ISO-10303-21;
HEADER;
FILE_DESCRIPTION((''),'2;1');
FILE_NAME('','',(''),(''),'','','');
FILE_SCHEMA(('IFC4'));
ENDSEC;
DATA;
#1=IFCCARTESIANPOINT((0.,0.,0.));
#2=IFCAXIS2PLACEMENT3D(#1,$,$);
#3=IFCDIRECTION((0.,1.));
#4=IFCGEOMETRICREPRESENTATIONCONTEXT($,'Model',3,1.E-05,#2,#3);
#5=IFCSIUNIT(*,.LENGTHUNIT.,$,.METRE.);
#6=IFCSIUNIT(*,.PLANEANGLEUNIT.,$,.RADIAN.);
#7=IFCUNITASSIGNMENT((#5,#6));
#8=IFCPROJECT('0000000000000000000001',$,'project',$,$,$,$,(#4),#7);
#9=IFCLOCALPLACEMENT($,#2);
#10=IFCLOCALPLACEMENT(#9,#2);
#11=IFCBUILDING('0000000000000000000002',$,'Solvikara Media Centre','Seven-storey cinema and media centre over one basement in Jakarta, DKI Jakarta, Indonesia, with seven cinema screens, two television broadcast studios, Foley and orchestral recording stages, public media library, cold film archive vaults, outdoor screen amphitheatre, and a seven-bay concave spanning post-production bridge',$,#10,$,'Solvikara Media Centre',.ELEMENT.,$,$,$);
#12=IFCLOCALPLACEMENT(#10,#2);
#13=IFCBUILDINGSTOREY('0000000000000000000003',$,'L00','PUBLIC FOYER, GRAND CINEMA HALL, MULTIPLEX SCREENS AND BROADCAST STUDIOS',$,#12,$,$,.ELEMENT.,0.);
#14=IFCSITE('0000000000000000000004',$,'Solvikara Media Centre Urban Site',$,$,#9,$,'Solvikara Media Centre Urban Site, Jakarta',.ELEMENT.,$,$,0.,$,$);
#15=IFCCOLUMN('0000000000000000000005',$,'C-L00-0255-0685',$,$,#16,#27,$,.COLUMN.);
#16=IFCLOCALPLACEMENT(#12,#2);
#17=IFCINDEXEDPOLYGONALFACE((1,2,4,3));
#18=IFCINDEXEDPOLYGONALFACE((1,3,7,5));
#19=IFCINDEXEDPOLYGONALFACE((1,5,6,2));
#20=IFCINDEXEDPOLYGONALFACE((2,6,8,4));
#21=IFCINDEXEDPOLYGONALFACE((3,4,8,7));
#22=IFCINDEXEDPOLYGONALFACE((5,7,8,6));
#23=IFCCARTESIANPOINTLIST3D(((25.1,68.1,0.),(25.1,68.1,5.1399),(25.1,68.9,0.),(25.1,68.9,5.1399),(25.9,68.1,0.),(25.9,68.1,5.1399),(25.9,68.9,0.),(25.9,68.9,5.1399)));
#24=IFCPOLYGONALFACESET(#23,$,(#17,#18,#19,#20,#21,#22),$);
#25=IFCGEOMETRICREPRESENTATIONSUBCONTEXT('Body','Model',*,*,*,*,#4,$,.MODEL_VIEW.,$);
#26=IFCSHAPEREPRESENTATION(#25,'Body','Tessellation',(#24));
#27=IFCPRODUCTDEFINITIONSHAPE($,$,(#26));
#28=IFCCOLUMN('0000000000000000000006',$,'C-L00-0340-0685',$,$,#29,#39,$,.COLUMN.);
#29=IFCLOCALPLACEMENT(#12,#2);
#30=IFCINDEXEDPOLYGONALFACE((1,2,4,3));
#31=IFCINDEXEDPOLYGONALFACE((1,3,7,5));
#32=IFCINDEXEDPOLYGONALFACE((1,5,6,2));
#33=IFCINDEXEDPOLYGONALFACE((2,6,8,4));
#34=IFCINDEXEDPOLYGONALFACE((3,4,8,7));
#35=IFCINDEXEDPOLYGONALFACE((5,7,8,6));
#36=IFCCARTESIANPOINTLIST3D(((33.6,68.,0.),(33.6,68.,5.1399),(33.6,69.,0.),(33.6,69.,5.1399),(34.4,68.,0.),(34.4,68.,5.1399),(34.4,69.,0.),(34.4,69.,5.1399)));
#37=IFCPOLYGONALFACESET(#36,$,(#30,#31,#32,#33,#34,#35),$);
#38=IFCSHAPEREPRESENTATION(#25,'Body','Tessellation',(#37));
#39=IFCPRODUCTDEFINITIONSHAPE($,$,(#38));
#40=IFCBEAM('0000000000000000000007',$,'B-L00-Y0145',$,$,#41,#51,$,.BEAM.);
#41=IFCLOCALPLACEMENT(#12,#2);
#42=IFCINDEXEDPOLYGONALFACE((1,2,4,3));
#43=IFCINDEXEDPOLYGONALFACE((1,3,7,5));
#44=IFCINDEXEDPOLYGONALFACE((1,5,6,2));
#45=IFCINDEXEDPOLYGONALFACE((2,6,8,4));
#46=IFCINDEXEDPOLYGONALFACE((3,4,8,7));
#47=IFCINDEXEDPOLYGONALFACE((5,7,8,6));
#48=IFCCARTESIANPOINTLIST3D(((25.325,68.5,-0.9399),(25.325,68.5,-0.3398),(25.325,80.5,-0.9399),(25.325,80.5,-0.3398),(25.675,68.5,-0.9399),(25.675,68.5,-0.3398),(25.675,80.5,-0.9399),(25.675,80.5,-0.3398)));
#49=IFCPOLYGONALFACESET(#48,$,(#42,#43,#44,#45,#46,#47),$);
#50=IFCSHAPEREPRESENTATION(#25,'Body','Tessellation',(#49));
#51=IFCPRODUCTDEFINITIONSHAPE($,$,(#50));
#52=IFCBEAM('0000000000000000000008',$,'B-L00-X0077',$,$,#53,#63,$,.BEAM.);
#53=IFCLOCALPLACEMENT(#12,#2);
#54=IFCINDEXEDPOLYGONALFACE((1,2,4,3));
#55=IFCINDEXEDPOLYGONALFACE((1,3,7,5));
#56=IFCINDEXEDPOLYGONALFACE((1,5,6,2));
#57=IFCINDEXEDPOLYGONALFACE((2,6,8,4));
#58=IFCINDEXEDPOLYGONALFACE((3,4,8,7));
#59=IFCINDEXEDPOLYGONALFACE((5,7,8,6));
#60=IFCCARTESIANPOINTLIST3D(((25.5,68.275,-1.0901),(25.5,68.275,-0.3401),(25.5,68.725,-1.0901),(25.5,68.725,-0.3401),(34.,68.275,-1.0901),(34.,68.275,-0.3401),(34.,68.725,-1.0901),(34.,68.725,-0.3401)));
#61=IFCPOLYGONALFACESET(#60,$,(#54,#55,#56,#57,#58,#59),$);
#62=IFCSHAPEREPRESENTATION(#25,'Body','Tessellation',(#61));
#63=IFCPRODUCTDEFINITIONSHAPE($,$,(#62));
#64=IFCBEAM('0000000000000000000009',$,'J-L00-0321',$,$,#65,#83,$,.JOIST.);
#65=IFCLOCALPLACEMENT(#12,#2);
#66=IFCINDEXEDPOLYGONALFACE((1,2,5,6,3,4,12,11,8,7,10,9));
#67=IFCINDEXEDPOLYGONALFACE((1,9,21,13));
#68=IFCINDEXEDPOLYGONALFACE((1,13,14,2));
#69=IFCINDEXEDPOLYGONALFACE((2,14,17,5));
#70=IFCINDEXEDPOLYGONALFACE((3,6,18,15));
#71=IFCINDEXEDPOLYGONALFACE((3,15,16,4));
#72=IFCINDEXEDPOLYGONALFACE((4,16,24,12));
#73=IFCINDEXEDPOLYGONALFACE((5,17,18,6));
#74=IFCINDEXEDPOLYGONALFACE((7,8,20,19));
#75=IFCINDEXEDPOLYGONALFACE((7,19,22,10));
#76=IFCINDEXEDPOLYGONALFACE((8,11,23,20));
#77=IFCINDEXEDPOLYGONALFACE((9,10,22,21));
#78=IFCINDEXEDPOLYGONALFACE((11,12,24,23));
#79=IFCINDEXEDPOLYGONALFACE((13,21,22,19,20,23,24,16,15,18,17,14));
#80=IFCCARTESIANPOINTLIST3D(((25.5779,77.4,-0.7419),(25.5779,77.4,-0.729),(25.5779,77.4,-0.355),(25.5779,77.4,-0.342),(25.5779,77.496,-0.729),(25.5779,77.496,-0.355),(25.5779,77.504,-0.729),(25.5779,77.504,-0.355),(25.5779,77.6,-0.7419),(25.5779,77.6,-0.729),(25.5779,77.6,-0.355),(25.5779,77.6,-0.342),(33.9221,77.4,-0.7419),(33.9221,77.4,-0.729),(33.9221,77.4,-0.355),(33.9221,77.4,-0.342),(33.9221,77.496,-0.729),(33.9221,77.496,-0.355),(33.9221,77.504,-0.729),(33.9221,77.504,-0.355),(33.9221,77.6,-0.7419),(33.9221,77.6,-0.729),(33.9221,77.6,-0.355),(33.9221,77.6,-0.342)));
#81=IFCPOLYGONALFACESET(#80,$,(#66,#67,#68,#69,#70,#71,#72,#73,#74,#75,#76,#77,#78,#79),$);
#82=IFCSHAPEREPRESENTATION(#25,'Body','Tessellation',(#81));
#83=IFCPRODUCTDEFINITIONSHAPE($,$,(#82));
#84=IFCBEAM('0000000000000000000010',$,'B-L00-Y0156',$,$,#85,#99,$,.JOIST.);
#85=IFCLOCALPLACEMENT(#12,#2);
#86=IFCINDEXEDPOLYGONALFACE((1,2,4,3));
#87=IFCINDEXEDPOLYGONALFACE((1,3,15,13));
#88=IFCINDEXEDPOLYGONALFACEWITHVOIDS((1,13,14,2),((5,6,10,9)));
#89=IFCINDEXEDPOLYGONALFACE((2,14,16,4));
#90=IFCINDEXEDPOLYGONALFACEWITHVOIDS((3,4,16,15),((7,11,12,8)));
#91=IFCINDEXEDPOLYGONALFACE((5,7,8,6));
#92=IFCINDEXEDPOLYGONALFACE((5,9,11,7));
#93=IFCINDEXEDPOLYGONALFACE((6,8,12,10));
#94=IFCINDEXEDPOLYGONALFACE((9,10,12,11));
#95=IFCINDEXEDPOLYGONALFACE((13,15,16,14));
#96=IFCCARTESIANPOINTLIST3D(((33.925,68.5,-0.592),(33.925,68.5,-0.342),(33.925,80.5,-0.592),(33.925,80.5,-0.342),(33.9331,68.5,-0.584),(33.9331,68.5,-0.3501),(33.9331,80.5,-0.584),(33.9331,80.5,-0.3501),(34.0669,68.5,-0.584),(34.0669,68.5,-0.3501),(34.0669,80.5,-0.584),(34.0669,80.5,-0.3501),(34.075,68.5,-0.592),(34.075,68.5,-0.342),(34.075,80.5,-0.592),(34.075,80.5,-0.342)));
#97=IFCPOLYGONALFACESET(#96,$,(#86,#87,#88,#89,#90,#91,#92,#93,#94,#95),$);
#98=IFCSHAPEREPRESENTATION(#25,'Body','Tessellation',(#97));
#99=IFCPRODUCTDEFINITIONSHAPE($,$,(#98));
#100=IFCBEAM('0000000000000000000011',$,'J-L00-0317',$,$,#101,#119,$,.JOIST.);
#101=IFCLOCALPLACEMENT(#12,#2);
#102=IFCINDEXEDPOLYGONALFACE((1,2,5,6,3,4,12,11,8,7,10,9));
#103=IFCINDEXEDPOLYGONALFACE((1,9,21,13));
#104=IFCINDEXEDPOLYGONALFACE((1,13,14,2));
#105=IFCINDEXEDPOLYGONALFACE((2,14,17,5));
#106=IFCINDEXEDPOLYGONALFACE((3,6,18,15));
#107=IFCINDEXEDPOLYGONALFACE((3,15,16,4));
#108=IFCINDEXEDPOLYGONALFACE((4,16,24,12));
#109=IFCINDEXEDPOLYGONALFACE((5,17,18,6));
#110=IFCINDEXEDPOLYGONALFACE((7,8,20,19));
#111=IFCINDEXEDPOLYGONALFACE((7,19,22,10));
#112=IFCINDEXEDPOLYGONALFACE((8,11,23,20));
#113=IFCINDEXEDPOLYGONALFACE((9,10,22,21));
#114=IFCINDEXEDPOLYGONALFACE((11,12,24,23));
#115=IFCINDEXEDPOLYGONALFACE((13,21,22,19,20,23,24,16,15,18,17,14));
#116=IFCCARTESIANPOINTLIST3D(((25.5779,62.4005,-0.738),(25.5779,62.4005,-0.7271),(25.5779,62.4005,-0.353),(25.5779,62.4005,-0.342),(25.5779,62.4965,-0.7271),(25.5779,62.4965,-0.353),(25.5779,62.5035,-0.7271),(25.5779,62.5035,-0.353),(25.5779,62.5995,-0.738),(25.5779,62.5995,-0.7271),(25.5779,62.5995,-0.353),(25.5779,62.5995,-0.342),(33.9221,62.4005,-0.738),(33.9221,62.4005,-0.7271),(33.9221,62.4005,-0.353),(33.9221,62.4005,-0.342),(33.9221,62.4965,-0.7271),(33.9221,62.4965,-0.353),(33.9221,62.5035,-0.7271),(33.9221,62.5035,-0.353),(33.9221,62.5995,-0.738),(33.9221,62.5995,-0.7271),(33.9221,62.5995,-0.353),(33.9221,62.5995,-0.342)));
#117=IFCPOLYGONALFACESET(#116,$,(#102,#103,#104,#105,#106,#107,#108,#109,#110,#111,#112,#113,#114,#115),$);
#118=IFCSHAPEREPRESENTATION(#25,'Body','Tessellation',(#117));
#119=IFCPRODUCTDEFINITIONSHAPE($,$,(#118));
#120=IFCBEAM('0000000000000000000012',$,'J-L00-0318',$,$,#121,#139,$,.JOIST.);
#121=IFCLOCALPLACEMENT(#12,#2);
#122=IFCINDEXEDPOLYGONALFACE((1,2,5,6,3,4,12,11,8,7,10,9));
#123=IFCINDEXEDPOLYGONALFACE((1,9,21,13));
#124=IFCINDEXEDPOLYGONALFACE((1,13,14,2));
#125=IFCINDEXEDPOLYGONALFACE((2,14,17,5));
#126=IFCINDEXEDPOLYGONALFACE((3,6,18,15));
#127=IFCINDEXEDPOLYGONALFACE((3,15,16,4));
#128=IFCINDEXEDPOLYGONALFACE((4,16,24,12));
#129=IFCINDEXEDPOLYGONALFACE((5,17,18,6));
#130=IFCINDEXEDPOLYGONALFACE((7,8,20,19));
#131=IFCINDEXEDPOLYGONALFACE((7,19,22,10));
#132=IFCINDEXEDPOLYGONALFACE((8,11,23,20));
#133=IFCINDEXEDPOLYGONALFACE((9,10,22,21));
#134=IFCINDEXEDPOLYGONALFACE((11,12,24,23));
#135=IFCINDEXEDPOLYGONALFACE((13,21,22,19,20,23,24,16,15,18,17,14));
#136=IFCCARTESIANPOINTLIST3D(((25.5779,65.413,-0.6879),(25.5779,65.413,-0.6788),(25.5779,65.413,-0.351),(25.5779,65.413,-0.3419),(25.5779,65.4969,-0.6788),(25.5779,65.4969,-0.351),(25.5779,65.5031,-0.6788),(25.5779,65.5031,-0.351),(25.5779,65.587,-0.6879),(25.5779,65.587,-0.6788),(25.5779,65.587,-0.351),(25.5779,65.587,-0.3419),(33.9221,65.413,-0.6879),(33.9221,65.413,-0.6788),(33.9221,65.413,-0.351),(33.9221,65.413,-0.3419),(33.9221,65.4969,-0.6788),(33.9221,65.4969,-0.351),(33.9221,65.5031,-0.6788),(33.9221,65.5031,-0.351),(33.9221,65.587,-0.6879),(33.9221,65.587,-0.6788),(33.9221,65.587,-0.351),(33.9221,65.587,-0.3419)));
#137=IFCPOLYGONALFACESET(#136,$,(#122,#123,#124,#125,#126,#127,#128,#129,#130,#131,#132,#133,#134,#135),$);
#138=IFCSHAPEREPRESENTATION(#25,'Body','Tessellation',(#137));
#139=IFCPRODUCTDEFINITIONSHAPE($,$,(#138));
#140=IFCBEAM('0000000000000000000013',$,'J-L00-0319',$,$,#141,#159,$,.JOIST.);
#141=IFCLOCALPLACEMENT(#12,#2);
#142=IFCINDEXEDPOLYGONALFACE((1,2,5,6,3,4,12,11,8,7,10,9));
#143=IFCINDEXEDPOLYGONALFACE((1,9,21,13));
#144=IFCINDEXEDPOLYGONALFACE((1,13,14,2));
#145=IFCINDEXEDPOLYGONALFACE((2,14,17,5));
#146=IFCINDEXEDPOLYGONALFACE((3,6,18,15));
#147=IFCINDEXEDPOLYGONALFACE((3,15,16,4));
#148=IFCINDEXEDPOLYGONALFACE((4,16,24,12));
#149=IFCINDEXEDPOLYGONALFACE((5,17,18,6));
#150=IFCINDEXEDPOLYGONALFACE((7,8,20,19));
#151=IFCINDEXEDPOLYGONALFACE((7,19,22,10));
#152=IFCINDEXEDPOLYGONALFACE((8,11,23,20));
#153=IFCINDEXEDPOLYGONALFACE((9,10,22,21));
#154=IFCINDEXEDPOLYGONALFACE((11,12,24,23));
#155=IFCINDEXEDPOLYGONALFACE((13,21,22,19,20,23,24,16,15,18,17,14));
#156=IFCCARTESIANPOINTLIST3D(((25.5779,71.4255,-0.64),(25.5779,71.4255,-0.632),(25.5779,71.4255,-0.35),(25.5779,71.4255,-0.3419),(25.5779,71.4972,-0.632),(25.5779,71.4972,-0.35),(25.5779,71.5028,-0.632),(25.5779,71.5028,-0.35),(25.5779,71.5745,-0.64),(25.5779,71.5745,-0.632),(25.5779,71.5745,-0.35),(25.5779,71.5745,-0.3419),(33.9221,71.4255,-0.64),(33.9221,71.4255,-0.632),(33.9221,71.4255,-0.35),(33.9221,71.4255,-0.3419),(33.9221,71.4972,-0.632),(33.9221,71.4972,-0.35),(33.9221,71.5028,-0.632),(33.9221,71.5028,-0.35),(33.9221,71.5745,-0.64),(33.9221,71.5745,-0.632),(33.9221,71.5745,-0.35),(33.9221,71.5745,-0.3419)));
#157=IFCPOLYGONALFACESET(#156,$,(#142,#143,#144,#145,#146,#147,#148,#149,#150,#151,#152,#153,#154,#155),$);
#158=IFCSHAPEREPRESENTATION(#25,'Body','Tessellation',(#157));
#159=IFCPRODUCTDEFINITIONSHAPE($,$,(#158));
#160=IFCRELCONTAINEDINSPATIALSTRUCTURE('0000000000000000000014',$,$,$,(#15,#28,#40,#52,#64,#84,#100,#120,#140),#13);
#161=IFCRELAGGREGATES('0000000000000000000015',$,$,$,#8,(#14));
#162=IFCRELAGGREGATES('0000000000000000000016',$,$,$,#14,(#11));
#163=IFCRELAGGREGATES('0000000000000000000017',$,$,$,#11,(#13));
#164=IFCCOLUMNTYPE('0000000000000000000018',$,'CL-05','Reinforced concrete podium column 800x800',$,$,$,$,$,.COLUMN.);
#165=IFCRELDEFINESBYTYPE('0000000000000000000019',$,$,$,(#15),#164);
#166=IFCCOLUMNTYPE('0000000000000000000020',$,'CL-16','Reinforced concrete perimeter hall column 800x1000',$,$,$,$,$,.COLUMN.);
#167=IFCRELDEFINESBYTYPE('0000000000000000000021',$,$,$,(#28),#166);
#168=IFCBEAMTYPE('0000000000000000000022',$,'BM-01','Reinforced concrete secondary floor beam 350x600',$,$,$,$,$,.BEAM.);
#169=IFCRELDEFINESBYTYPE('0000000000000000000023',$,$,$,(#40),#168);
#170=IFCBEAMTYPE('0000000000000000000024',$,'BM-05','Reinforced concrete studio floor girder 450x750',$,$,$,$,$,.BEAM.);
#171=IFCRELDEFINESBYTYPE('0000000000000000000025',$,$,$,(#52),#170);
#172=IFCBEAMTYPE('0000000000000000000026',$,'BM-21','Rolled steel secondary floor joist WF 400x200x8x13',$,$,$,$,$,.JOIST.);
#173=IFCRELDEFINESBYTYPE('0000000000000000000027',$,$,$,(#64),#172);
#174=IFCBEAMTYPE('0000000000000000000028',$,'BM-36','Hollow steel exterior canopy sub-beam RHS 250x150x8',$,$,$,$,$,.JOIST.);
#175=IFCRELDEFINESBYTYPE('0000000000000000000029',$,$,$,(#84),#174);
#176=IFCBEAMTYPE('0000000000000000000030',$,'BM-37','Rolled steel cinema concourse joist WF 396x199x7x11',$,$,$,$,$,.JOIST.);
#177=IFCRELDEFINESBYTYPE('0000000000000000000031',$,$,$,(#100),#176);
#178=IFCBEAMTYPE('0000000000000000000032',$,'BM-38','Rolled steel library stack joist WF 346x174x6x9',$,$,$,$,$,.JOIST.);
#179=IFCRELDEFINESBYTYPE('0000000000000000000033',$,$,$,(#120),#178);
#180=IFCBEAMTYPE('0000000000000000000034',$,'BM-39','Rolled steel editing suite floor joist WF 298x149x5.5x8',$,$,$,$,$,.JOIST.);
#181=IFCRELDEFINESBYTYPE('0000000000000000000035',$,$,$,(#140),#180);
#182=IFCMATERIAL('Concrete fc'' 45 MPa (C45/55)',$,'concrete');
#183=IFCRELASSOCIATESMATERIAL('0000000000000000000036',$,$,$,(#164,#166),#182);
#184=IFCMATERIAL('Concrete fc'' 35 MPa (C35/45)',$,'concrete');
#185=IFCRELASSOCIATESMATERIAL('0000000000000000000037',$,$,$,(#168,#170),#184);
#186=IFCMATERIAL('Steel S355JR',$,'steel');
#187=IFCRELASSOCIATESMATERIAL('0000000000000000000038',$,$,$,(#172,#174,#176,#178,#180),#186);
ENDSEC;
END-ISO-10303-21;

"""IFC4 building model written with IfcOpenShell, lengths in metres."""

from ifc_helpers import new_model, si_unit, direction, frame, origin, origin_2d, place, context, subcontext, project, spatial, rectangle, hollow_rectangle, i_section, extrude, material, material_profile, profile_set, type_object, element, save


model = new_model("IFC4")

# Units and contexts
model_context = context("Model", 3, precision=1e-05, world=origin(), true_north=direction((0.0, 1.0)))
body_context = subcontext(model_context, "Body", "Model", "MODEL_VIEW")
ifc_project = project(units=[si_unit("LENGTHUNIT", "METRE"), si_unit("PLANEANGLEUNIT", "RADIAN")], contexts=[model_context])

# Site, building, storey
site_placement = place(None, origin())
site = spatial("IfcSite", under=ifc_project, at=site_placement, Name="Solvikara Media Centre Urban Site", LongName="Solvikara Media Centre Urban Site, Jakarta", CompositionType="ELEMENT", RefElevation=0.0)
building_placement = place(site_placement, origin())
building = spatial("IfcBuilding", under=site, at=building_placement, Name="Solvikara Media Centre", Description="Seven-storey cinema and media centre over one basement in Jakarta, DKI Jakarta, Indonesia, with seven cinema screens, two television broadcast studios, Foley and orchestral recording stages, public media library, cold film archive vaults, outdoor screen amphitheatre, and a seven-bay concave spanning post-production bridge", LongName="Solvikara Media Centre", CompositionType="ELEMENT")
storey_placement = place(building_placement, origin())
storey = spatial("IfcBuildingStorey", under=building, at=storey_placement, Name="L00", Description="PUBLIC FOYER, GRAND CINEMA HALL, MULTIPLEX SCREENS AND BROADCAST STUDIOS", CompositionType="ELEMENT", Elevation=0.0)

# Columns
ifc_material_1 = material(Name="Concrete fc' 45 MPa (C45/55)", Category="concrete")
ifc_material_profile_1 = material_profile(ifc_material_1, rectangle(XDim=0.8, YDim=0.8, at=origin_2d()), Name="RC 800x800")
ifc_profile_set_1 = profile_set([ifc_material_profile_1], Name="Concrete fc' 45 MPa (C45/55)")
column_type_1 = type_object("IfcColumnType", Name="CL-05", Description="Reinforced concrete podium column 800x800", PredefinedType="COLUMN", material=ifc_profile_set_1)
column_1_placement = place(storey_placement, frame((25.5, 68.5, 0.0), z_axis=(0.0, 0.0, 1.0), x_axis=(1.0, 0.0, 0.0)))
element("IfcColumn", 1, at=column_1_placement, inside=storey, type_object=column_type_1, Name="C-L00-0255-0685", PredefinedType="COLUMN", context=body_context, shape_type="SweptSolid", body=[
    extrude(rectangle(XDim=0.8, YDim=0.8, at=origin_2d()), origin(), (0.0, 0.0, 1.0), 5.1399),
])
ifc_material_profile_2 = material_profile(ifc_material_1, rectangle(XDim=0.8, YDim=1.0, at=origin_2d()), Name="RC 800x1000")
ifc_profile_set_2 = profile_set([ifc_material_profile_2], Name="Concrete fc' 45 MPa (C45/55)")
column_type_2 = type_object("IfcColumnType", Name="CL-16", Description="Reinforced concrete perimeter hall column 800x1000", PredefinedType="COLUMN", material=ifc_profile_set_2)
column_2_placement = place(storey_placement, frame((34.0, 68.5, 0.0), z_axis=(0.0, 0.0, 1.0), x_axis=(1.0, 0.0, 0.0)))
element("IfcColumn", 2, at=column_2_placement, inside=storey, type_object=column_type_2, Name="C-L00-0340-0685", PredefinedType="COLUMN", context=body_context, shape_type="SweptSolid", body=[
    extrude(rectangle(XDim=0.8, YDim=1.0, at=origin_2d()), origin(), (0.0, 0.0, 1.0), 5.1399),
])

# Beams
ifc_material_2 = material(Name="Concrete fc' 35 MPa (C35/45)", Category="concrete")
ifc_material_profile_3 = material_profile(ifc_material_2, rectangle(XDim=0.3501, YDim=0.6001, at=origin_2d()), Name="RC 350x600")
ifc_profile_set_3 = profile_set([ifc_material_profile_3], Name="Concrete fc' 35 MPa (C35/45)")
beam_type_1 = type_object("IfcBeamType", Name="BM-01", Description="Reinforced concrete secondary floor beam 350x600", PredefinedType="BEAM", material=ifc_profile_set_3)
beam_1_placement = place(storey_placement, frame((25.5, 68.5, -0.6399), z_axis=(0.0, 1.0, 0.0), x_axis=(-1.0, 0.0, 0.0)))
element("IfcBeam", 3, at=beam_1_placement, inside=storey, type_object=beam_type_1, Name="B-L00-Y0145", PredefinedType="BEAM", context=body_context, shape_type="SweptSolid", body=[
    extrude(rectangle(XDim=0.3501, YDim=0.6001, at=origin_2d()), origin(), (0.0, 0.0, 1.0), 12.0),
])
ifc_material_profile_4 = material_profile(ifc_material_2, rectangle(XDim=0.45, YDim=0.75, at=origin_2d()), Name="RC 450x750")
ifc_profile_set_4 = profile_set([ifc_material_profile_4], Name="Concrete fc' 35 MPa (C35/45)")
beam_type_2 = type_object("IfcBeamType", Name="BM-05", Description="Reinforced concrete studio floor girder 450x750", PredefinedType="BEAM", material=ifc_profile_set_4)
beam_2_placement = place(storey_placement, frame((25.5, 68.5, -0.7151), z_axis=(1.0, 0.0, 0.0), x_axis=(0.0, 1.0, 0.0)))
element("IfcBeam", 4, at=beam_2_placement, inside=storey, type_object=beam_type_2, Name="B-L00-X0077", PredefinedType="BEAM", context=body_context, shape_type="SweptSolid", body=[
    extrude(rectangle(XDim=0.45, YDim=0.75, at=origin_2d()), origin(), (0.0, 0.0, 1.0), 8.5),
])
ifc_material_3 = material(Name="Steel S355JR", Category="steel")
ifc_material_profile_5 = material_profile(ifc_material_3, i_section(OverallWidth=0.2, OverallDepth=0.3999, WebThickness=0.0081, FlangeThickness=0.0129, at=origin_2d()), Name="WF 400x200x8x13")
ifc_profile_set_5 = profile_set([ifc_material_profile_5], Name="Steel S355JR")
beam_type_3 = type_object("IfcBeamType", Name="BM-21", Description="Rolled steel secondary floor joist WF 400x200x8x13", PredefinedType="JOIST", material=ifc_profile_set_5)
beam_3_placement = place(storey_placement, frame((25.5779, 77.5, -0.542), z_axis=(1.0, 0.0, 0.0), x_axis=(0.0, 1.0, 0.0)))
element("IfcBeam", 5, at=beam_3_placement, inside=storey, type_object=beam_type_3, Name="J-L00-0321", PredefinedType="JOIST", context=body_context, shape_type="SweptSolid", body=[
    extrude(i_section(OverallWidth=0.2, OverallDepth=0.3999, WebThickness=0.0081, FlangeThickness=0.0129, at=origin_2d()), origin(), (0.0, 0.0, 1.0), 8.3442),
])
ifc_material_profile_6 = material_profile(ifc_material_3, hollow_rectangle(XDim=0.1499, YDim=0.25, WallThickness=0.0081, at=origin_2d()), Name="RHS 250x150x8")
ifc_profile_set_6 = profile_set([ifc_material_profile_6], Name="Steel S355JR")
beam_type_4 = type_object("IfcBeamType", Name="BM-36", Description="Hollow steel exterior canopy sub-beam RHS 250x150x8", PredefinedType="JOIST", material=ifc_profile_set_6)
beam_4_placement = place(storey_placement, frame((34.0, 68.5, -0.467), z_axis=(0.0, 1.0, 0.0), x_axis=(-1.0, 0.0, 0.0)))
element("IfcBeam", 6, at=beam_4_placement, inside=storey, type_object=beam_type_4, Name="B-L00-Y0156", PredefinedType="JOIST", context=body_context, shape_type="SweptSolid", body=[
    extrude(hollow_rectangle(XDim=0.1499, YDim=0.25, WallThickness=0.0081, at=origin_2d()), origin(), (0.0, 0.0, 1.0), 12.0),
])
ifc_material_profile_7 = material_profile(ifc_material_3, i_section(OverallWidth=0.199, OverallDepth=0.396, WebThickness=0.0071, FlangeThickness=0.011, at=origin_2d()), Name="WF 396x199x7x11")
ifc_profile_set_7 = profile_set([ifc_material_profile_7], Name="Steel S355JR")
beam_type_5 = type_object("IfcBeamType", Name="BM-37", Description="Rolled steel cinema concourse joist WF 396x199x7x11", PredefinedType="JOIST", material=ifc_profile_set_7)
beam_5_placement = place(storey_placement, frame((25.5779, 62.5, -0.54), z_axis=(1.0, 0.0, 0.0), x_axis=(0.0, 1.0, 0.0)))
element("IfcBeam", 7, at=beam_5_placement, inside=storey, type_object=beam_type_5, Name="J-L00-0317", PredefinedType="JOIST", context=body_context, shape_type="SweptSolid", body=[
    extrude(i_section(OverallWidth=0.199, OverallDepth=0.396, WebThickness=0.0071, FlangeThickness=0.011, at=origin_2d()), origin(), (0.0, 0.0, 1.0), 8.3442),
])
ifc_material_profile_8 = material_profile(ifc_material_3, i_section(OverallWidth=0.1741, OverallDepth=0.3459, WebThickness=0.0061, FlangeThickness=0.009, at=origin_2d()), Name="WF 346x174x6x9")
ifc_profile_set_8 = profile_set([ifc_material_profile_8], Name="Steel S355JR")
beam_type_6 = type_object("IfcBeamType", Name="BM-38", Description="Rolled steel library stack joist WF 346x174x6x9", PredefinedType="JOIST", material=ifc_profile_set_8)
beam_6_placement = place(storey_placement, frame((25.5779, 65.5, -0.5149), z_axis=(1.0, 0.0, 0.0), x_axis=(0.0, 1.0, 0.0)))
element("IfcBeam", 8, at=beam_6_placement, inside=storey, type_object=beam_type_6, Name="J-L00-0318", PredefinedType="JOIST", context=body_context, shape_type="SweptSolid", body=[
    extrude(i_section(OverallWidth=0.1741, OverallDepth=0.3459, WebThickness=0.0061, FlangeThickness=0.009, at=origin_2d()), origin(), (0.0, 0.0, 1.0), 8.3442),
])
ifc_material_profile_9 = material_profile(ifc_material_3, i_section(OverallWidth=0.1489, OverallDepth=0.2981, WebThickness=0.0056, FlangeThickness=0.0081, at=origin_2d()), Name="WF 298x149x5.5x8")
ifc_profile_set_9 = profile_set([ifc_material_profile_9], Name="Steel S355JR")
beam_type_7 = type_object("IfcBeamType", Name="BM-39", Description="Rolled steel editing suite floor joist WF 298x149x5.5x8", PredefinedType="JOIST", material=ifc_profile_set_9)
beam_7_placement = place(storey_placement, frame((25.5779, 71.5, -0.491), z_axis=(1.0, 0.0, 0.0), x_axis=(0.0, 1.0, 0.0)))
element("IfcBeam", 9, at=beam_7_placement, inside=storey, type_object=beam_type_7, Name="J-L00-0319", PredefinedType="JOIST", context=body_context, shape_type="SweptSolid", body=[
    extrude(i_section(OverallWidth=0.1489, OverallDepth=0.2981, WebThickness=0.0056, FlangeThickness=0.0081, at=origin_2d()), origin(), (0.0, 0.0, 1.0), 8.3442),
])

save(model, "model.ifc")
